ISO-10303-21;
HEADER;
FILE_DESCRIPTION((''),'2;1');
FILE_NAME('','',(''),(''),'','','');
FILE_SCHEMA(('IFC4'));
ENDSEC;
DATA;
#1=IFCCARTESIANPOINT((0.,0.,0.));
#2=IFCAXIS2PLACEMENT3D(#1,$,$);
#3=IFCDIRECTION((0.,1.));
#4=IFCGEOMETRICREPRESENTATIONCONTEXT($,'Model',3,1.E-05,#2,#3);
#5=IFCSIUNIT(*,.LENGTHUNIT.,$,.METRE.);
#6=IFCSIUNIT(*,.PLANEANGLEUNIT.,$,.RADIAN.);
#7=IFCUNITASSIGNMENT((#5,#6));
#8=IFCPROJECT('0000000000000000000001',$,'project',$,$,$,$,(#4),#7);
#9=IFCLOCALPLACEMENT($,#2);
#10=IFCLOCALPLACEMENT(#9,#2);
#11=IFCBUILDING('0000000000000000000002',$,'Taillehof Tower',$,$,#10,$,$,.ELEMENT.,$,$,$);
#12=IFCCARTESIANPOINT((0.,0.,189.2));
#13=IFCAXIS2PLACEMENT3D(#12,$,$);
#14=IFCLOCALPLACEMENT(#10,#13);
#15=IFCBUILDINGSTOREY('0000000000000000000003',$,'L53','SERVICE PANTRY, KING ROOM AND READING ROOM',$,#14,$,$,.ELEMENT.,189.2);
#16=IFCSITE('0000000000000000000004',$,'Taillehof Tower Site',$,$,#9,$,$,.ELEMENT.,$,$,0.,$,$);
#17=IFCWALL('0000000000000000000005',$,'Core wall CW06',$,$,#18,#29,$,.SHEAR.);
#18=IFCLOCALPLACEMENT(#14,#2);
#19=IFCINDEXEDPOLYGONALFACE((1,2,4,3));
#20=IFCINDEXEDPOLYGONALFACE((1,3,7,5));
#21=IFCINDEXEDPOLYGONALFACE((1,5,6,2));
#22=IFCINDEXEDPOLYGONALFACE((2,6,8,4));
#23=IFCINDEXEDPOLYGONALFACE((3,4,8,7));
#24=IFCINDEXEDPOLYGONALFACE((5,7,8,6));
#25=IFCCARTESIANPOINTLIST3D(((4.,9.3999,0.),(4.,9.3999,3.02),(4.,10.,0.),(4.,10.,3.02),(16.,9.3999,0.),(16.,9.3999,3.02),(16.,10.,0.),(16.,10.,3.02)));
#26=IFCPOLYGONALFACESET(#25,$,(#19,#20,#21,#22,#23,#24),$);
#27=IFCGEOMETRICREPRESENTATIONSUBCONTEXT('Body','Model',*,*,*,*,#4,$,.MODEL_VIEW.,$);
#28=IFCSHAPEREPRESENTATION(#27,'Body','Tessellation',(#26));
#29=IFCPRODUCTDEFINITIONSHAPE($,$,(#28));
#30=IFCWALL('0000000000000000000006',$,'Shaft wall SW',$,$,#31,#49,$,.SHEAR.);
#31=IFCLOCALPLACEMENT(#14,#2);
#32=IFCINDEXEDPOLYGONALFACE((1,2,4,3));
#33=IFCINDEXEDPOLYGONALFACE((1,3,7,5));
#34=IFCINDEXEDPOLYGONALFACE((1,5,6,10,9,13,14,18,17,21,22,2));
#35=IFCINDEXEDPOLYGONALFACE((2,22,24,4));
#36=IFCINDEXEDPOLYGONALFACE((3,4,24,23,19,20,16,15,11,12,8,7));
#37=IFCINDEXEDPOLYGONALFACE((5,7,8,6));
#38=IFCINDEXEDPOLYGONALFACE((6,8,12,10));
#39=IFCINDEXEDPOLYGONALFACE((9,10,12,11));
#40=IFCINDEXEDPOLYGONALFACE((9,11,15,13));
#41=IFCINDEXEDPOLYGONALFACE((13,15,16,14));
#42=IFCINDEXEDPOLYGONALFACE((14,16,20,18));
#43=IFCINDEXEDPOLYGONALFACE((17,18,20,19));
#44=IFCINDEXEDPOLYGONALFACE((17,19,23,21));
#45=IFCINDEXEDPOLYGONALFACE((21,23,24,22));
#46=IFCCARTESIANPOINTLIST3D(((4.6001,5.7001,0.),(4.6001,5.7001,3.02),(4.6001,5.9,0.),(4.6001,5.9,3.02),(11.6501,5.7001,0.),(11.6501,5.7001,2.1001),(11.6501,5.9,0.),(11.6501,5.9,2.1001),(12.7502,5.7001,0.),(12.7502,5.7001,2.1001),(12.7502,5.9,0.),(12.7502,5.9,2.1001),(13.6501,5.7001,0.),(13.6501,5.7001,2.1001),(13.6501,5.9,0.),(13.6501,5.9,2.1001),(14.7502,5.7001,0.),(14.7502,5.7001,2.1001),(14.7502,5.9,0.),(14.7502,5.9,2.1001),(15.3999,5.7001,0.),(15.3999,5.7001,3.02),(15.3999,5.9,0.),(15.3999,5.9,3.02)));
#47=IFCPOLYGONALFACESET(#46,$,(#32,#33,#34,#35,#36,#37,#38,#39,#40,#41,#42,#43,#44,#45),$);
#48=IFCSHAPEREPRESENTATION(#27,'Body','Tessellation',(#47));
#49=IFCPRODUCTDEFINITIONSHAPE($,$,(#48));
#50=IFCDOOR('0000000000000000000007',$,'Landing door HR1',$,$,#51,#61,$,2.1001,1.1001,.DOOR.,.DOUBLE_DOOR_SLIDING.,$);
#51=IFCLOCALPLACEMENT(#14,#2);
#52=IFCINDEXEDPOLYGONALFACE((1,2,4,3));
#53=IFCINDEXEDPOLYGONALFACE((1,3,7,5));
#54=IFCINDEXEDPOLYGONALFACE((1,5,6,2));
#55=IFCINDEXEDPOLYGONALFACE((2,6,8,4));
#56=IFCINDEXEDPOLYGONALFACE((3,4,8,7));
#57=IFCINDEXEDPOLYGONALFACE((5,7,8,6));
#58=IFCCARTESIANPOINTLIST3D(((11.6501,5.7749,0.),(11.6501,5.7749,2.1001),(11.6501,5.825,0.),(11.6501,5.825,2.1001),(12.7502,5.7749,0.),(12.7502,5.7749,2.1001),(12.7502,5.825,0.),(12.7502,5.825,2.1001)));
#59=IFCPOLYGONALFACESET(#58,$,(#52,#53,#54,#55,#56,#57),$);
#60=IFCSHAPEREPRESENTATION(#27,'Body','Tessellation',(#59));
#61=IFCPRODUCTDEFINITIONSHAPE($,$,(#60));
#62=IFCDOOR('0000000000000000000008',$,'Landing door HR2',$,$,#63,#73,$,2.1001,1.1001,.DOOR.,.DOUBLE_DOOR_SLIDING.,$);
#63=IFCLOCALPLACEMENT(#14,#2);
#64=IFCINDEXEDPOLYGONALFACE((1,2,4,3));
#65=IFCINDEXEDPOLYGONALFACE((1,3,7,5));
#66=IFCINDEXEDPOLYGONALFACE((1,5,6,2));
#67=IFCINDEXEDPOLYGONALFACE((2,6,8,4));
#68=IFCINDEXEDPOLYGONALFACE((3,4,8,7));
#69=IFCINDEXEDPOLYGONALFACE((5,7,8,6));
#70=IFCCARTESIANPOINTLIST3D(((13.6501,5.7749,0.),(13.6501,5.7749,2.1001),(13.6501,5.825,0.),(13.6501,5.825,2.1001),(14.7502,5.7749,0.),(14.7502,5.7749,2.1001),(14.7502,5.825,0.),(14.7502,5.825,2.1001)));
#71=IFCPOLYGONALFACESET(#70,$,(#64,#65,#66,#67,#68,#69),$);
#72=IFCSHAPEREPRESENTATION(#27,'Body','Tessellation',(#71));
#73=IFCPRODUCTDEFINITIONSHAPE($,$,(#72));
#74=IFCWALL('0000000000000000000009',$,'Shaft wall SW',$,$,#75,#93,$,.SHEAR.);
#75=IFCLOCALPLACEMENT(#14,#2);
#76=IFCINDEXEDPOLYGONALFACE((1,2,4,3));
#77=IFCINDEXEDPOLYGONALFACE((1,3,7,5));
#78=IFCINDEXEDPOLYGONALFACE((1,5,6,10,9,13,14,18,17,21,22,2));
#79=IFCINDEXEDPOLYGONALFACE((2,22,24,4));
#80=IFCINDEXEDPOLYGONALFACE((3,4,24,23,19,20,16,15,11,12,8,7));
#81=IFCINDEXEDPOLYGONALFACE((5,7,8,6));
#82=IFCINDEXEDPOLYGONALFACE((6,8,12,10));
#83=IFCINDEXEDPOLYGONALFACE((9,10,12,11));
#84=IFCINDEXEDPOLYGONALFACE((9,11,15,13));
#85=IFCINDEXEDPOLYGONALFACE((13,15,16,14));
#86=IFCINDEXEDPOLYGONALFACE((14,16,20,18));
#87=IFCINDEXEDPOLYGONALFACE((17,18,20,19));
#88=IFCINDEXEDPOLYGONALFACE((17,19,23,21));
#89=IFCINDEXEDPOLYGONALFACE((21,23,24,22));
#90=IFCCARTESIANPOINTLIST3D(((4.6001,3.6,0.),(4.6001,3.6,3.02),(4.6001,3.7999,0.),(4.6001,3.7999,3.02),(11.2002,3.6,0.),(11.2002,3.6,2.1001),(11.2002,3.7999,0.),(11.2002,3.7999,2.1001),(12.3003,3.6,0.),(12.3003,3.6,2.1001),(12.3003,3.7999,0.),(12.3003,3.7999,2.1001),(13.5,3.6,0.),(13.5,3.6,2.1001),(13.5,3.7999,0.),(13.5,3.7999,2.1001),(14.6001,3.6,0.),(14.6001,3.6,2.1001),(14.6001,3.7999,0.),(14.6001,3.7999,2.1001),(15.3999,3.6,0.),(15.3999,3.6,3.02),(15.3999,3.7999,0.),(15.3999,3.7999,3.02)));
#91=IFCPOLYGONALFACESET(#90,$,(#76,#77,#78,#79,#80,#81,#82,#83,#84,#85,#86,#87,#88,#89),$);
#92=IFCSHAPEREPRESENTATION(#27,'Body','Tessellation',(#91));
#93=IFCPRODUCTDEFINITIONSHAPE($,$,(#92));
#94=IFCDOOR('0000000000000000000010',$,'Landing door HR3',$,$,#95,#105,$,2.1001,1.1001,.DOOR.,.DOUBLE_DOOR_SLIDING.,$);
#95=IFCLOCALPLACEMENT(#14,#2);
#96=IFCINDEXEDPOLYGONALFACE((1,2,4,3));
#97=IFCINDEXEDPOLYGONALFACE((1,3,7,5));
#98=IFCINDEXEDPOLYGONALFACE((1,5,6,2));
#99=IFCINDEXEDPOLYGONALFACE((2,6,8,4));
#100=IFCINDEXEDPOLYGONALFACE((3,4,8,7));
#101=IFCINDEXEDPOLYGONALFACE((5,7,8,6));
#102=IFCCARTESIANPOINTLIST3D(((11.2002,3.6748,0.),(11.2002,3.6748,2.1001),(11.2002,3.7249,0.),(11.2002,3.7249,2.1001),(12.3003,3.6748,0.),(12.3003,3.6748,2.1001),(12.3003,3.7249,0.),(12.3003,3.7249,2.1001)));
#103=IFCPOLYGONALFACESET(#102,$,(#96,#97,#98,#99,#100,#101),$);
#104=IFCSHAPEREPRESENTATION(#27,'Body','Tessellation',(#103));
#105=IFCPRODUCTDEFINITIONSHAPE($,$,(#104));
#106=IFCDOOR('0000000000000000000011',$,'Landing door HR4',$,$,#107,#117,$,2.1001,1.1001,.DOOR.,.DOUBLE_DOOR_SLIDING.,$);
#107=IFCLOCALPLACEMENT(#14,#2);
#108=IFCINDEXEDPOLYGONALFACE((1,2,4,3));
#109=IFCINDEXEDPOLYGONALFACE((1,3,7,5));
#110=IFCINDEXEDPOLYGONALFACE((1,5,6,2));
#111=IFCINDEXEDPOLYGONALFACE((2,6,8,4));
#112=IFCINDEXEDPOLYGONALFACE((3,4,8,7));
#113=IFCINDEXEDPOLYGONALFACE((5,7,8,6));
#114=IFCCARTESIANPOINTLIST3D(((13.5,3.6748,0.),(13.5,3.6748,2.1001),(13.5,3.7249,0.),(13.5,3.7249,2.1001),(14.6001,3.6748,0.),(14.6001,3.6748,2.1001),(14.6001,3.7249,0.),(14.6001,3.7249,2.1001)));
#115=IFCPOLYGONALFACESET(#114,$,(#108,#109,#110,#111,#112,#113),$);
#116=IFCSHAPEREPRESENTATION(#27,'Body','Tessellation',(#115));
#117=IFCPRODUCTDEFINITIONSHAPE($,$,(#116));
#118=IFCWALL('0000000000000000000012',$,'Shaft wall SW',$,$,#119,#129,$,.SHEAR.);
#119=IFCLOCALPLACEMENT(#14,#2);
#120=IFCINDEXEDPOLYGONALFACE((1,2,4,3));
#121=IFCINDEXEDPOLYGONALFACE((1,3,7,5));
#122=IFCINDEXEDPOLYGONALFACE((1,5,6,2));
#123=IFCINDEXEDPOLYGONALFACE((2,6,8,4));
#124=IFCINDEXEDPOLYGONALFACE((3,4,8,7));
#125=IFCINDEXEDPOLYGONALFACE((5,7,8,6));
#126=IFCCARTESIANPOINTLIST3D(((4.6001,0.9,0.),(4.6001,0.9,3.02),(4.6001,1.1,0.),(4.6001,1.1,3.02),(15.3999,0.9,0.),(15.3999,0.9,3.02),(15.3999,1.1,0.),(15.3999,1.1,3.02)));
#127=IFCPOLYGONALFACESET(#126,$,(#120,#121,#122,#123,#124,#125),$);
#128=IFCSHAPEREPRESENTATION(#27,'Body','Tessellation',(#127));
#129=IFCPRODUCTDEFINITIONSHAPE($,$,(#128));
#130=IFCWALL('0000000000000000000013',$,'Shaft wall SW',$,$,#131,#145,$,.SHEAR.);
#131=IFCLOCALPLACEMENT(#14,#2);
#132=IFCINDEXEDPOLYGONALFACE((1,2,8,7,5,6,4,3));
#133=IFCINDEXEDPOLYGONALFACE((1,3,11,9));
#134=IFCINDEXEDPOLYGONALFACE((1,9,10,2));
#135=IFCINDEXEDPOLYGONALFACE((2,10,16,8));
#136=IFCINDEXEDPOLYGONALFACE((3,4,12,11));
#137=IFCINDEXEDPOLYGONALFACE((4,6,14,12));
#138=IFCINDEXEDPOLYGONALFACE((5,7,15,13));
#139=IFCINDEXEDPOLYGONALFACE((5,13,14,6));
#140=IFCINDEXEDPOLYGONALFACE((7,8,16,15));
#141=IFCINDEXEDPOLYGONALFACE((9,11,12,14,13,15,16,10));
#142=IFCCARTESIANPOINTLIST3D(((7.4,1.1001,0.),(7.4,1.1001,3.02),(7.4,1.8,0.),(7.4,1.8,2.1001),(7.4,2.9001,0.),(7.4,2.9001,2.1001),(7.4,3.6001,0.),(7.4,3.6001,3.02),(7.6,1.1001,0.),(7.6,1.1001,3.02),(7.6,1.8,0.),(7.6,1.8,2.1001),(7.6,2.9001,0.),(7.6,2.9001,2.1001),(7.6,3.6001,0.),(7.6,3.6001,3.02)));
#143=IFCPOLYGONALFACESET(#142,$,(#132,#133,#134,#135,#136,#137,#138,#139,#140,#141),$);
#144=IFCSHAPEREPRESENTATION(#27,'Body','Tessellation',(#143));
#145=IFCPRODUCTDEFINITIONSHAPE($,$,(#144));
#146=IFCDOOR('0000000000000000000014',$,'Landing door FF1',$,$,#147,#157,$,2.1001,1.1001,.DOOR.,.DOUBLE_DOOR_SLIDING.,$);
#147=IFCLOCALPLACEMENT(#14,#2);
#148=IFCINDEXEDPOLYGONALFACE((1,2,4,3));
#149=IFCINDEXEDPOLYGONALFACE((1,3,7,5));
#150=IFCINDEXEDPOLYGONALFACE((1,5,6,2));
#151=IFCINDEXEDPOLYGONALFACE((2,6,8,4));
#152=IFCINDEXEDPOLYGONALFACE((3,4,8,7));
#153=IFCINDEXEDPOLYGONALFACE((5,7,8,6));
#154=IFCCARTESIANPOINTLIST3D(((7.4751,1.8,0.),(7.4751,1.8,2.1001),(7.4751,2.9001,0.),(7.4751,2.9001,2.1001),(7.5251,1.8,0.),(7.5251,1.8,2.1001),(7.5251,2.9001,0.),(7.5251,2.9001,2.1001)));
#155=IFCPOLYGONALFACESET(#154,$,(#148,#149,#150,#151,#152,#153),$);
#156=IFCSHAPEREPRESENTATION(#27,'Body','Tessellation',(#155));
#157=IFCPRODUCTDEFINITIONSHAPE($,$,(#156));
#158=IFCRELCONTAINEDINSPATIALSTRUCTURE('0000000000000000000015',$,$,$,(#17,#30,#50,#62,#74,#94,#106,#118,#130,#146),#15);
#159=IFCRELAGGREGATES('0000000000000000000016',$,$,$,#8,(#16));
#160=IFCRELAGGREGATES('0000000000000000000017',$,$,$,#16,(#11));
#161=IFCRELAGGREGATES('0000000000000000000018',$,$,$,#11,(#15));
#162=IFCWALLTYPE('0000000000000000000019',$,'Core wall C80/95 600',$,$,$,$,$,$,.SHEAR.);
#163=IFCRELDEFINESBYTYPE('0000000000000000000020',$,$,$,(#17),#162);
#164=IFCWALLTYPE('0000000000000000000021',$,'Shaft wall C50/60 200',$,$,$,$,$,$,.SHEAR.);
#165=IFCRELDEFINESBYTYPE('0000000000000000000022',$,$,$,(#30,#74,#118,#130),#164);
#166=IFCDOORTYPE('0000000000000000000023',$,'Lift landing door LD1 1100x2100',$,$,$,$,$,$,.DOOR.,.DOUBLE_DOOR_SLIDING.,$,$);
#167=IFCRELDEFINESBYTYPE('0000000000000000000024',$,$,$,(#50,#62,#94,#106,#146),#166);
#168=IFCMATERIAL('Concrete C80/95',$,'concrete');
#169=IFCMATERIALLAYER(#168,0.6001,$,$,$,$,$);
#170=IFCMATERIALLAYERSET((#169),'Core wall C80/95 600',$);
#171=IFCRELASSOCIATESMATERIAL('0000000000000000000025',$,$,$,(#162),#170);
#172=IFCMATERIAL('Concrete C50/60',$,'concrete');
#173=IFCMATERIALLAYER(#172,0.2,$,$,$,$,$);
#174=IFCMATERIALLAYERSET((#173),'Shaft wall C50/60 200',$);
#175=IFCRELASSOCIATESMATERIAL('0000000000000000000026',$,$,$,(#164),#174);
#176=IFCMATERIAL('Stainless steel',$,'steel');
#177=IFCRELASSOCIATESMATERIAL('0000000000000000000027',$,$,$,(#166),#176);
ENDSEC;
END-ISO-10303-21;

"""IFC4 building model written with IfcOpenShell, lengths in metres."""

from ifc_helpers import new_model, si_unit, direction, frame, frame_2d, origin, place, context, subcontext, project, spatial, rectangle, extrude, material, layer, layer_set, type_object, element, fill, save


model = new_model("IFC4")

# Units and contexts
model_context = context("Model", 3, precision=1e-05, world=origin(), true_north=direction((0.0, 1.0)))
body_context = subcontext(model_context, "Body", "Model", "MODEL_VIEW")
ifc_project = project(units=[si_unit("LENGTHUNIT", "METRE"), si_unit("PLANEANGLEUNIT", "RADIAN")], contexts=[model_context])

# Site, building, storey
site_placement = place(None, origin())
site = spatial("IfcSite", under=ifc_project, at=site_placement, Name="Taillehof Tower Site", CompositionType="ELEMENT", RefElevation=0.0)
building_placement = place(site_placement, origin())
building = spatial("IfcBuilding", under=site, at=building_placement, Name="Taillehof Tower", CompositionType="ELEMENT")
storey_placement = place(building_placement, frame((0.0, 0.0, 189.2)))
storey = spatial("IfcBuildingStorey", under=building, at=storey_placement, Name="L53", Description="SERVICE PANTRY, KING ROOM AND READING ROOM", CompositionType="ELEMENT", Elevation=189.2)

# Wall
ifc_material_1 = material(Name="Concrete C80/95", Category="concrete")
ifc_layer_1 = layer(ifc_material_1, 0.6001)
ifc_layer_set_1 = layer_set([ifc_layer_1], Name="Core wall C80/95 600")
wall_type_1 = type_object("IfcWallType", Name="Core wall C80/95 600", PredefinedType="SHEAR", material=ifc_layer_set_1)
wall_1_placement = place(storey_placement, frame((4.0, 9.7, 0.0), z_axis=(0.0, 0.0, 1.0), x_axis=(1.0, 0.0, 0.0)))
element("IfcWall", 1, at=wall_1_placement, inside=storey, type_object=wall_type_1, Name="Core wall CW06", PredefinedType="SHEAR", context=body_context, shape_type="SweptSolid", body=[
    extrude(rectangle(XDim=12.0, YDim=0.6001, at=frame_2d((6.0, 0.0))), origin(), (0.0, 0.0, 1.0), 3.02),
])

# Walls, openings, doors
ifc_material_2 = material(Name="Concrete C50/60", Category="concrete")
ifc_layer_2 = layer(ifc_material_2, 0.2)
ifc_layer_set_2 = layer_set([ifc_layer_2], Name="Shaft wall C50/60 200")
wall_type_2 = type_object("IfcWallType", Name="Shaft wall C50/60 200", PredefinedType="SHEAR", material=ifc_layer_set_2)
wall_2_placement = place(storey_placement, frame((4.6001, 5.8, 0.0), z_axis=(0.0, 0.0, 1.0), x_axis=(1.0, 0.0, 0.0)))
wall_2 = element("IfcWall", 2, at=wall_2_placement, inside=storey, type_object=wall_type_2, Name="Shaft wall SW", PredefinedType="SHEAR", context=body_context, shape_type="SweptSolid", body=[
    extrude(rectangle(XDim=10.7998, YDim=0.2, at=frame_2d((5.3999, 0.0))), origin(), (0.0, 0.0, 1.0), 3.02),
])
opening_1_placement = place(wall_2_placement, frame((7.05, 0.0, 0.0)))
opening_1 = element("IfcOpeningElement", 3, at=opening_1_placement, cuts=wall_2, PredefinedType="OPENING", context=body_context, shape_type="SweptSolid", body=[
    extrude(rectangle(XDim=1.1001, YDim=2.1001, at=frame_2d((0.55, 1.05))), frame((0.0, 0.1099, 0.0), z_axis=(0.0, -1.0, 0.0), x_axis=(1.0, 0.0, 0.0)), (0.0, 0.0, 1.0), 0.22),
])
opening_2_placement = place(wall_2_placement, frame((9.05, 0.0, 0.0)))
opening_2 = element("IfcOpeningElement", 4, at=opening_2_placement, cuts=wall_2, PredefinedType="OPENING", context=body_context, shape_type="SweptSolid", body=[
    extrude(rectangle(XDim=1.1001, YDim=2.1001, at=frame_2d((0.55, 1.05))), frame((0.0, 0.1099, 0.0), z_axis=(0.0, -1.0, 0.0), x_axis=(1.0, 0.0, 0.0)), (0.0, 0.0, 1.0), 0.22),
])
ifc_material_3 = material(Name="Stainless steel", Category="steel")
door_type_1 = type_object("IfcDoorType", Name="Lift landing door LD1 1100x2100", OperationType="DOUBLE_DOOR_SLIDING", PredefinedType="DOOR", material=ifc_material_3)
door_1_placement = place(opening_1_placement, origin())
door_1 = element("IfcDoor", 5, at=door_1_placement, inside=storey, type_object=door_type_1, Name="Landing door HR1", OperationType="DOUBLE_DOOR_SLIDING", OverallHeight=2.1001, OverallWidth=1.1001, PredefinedType="DOOR", context=body_context, shape_type="SweptSolid", body=[
    extrude(rectangle(XDim=1.1001, YDim=2.1001, at=frame_2d((0.55, 1.05))), frame((0.0, 0.0249, 0.0), z_axis=(0.0, -1.0, 0.0), x_axis=(1.0, 0.0, 0.0)), (0.0, 0.0, 1.0), 0.05),
])
fill(opening_1, door_1)
door_2_placement = place(opening_2_placement, origin())
door_2 = element("IfcDoor", 6, at=door_2_placement, inside=storey, type_object=door_type_1, Name="Landing door HR2", OperationType="DOUBLE_DOOR_SLIDING", OverallHeight=2.1001, OverallWidth=1.1001, PredefinedType="DOOR", context=body_context, shape_type="SweptSolid", body=[
    extrude(rectangle(XDim=1.1001, YDim=2.1001, at=frame_2d((0.55, 1.05))), frame((0.0, 0.0249, 0.0), z_axis=(0.0, -1.0, 0.0), x_axis=(1.0, 0.0, 0.0)), (0.0, 0.0, 1.0), 0.05),
])
fill(opening_2, door_2)
wall_3_placement = place(storey_placement, frame((4.6001, 3.7, 0.0), z_axis=(0.0, 0.0, 1.0), x_axis=(1.0, 0.0, 0.0)))
wall_3 = element("IfcWall", 7, at=wall_3_placement, inside=storey, type_object=wall_type_2, Name="Shaft wall SW", PredefinedType="SHEAR", context=body_context, shape_type="SweptSolid", body=[
    extrude(rectangle(XDim=10.7998, YDim=0.2, at=frame_2d((5.3999, 0.0))), origin(), (0.0, 0.0, 1.0), 3.02),
])
opening_3_placement = place(wall_3_placement, frame((6.6001, 0.0, 0.0)))
opening_3 = element("IfcOpeningElement", 8, at=opening_3_placement, cuts=wall_3, PredefinedType="OPENING", context=body_context, shape_type="SweptSolid", body=[
    extrude(rectangle(XDim=1.1001, YDim=2.1001, at=frame_2d((0.55, 1.05))), frame((0.0, 0.1099, 0.0), z_axis=(0.0, -1.0, 0.0), x_axis=(1.0, 0.0, 0.0)), (0.0, 0.0, 1.0), 0.22),
])
opening_4_placement = place(wall_3_placement, frame((8.8999, 0.0, 0.0)))
opening_4 = element("IfcOpeningElement", 9, at=opening_4_placement, cuts=wall_3, PredefinedType="OPENING", context=body_context, shape_type="SweptSolid", body=[
    extrude(rectangle(XDim=1.1001, YDim=2.1001, at=frame_2d((0.55, 1.05))), frame((0.0, 0.1099, 0.0), z_axis=(0.0, -1.0, 0.0), x_axis=(1.0, 0.0, 0.0)), (0.0, 0.0, 1.0), 0.22),
])
door_3_placement = place(opening_3_placement, origin())
door_3 = element("IfcDoor", 10, at=door_3_placement, inside=storey, type_object=door_type_1, Name="Landing door HR3", OperationType="DOUBLE_DOOR_SLIDING", OverallHeight=2.1001, OverallWidth=1.1001, PredefinedType="DOOR", context=body_context, shape_type="SweptSolid", body=[
    extrude(rectangle(XDim=1.1001, YDim=2.1001, at=frame_2d((0.55, 1.05))), frame((0.0, 0.0249, 0.0), z_axis=(0.0, -1.0, 0.0), x_axis=(1.0, 0.0, 0.0)), (0.0, 0.0, 1.0), 0.05),
])
fill(opening_3, door_3)
door_4_placement = place(opening_4_placement, origin())
door_4 = element("IfcDoor", 11, at=door_4_placement, inside=storey, type_object=door_type_1, Name="Landing door HR4", OperationType="DOUBLE_DOOR_SLIDING", OverallHeight=2.1001, OverallWidth=1.1001, PredefinedType="DOOR", context=body_context, shape_type="SweptSolid", body=[
    extrude(rectangle(XDim=1.1001, YDim=2.1001, at=frame_2d((0.55, 1.05))), frame((0.0, 0.0249, 0.0), z_axis=(0.0, -1.0, 0.0), x_axis=(1.0, 0.0, 0.0)), (0.0, 0.0, 1.0), 0.05),
])
fill(opening_4, door_4)

# Wall
wall_4_placement = place(storey_placement, frame((4.6001, 1.0, 0.0), z_axis=(0.0, 0.0, 1.0), x_axis=(1.0, 0.0, 0.0)))
element("IfcWall", 12, at=wall_4_placement, inside=storey, type_object=wall_type_2, Name="Shaft wall SW", PredefinedType="SHEAR", context=body_context, shape_type="SweptSolid", body=[
    extrude(rectangle(XDim=10.7998, YDim=0.2, at=frame_2d((5.3999, 0.0))), origin(), (0.0, 0.0, 1.0), 3.02),
])

# Wall, opening, door
wall_5_placement = place(storey_placement, frame((7.5, 1.1001, 0.0), z_axis=(0.0, 0.0, 1.0), x_axis=(0.0, 1.0, 0.0)))
wall_5 = element("IfcWall", 13, at=wall_5_placement, inside=storey, type_object=wall_type_2, Name="Shaft wall SW", PredefinedType="SHEAR", context=body_context, shape_type="SweptSolid", body=[
    extrude(rectangle(XDim=2.5, YDim=0.2, at=frame_2d((1.25, 0.0))), origin(), (0.0, 0.0, 1.0), 3.02),
])
opening_5_placement = place(wall_5_placement, frame((0.7, 0.0, 0.0)))
opening_5 = element("IfcOpeningElement", 14, at=opening_5_placement, cuts=wall_5, PredefinedType="OPENING", context=body_context, shape_type="SweptSolid", body=[
    extrude(rectangle(XDim=1.1001, YDim=2.1001, at=frame_2d((0.55, 1.05))), frame((0.0, 0.1099, 0.0), z_axis=(0.0, -1.0, 0.0), x_axis=(1.0, 0.0, 0.0)), (0.0, 0.0, 1.0), 0.22),
])
door_5_placement = place(opening_5_placement, origin())
door_5 = element("IfcDoor", 15, at=door_5_placement, inside=storey, type_object=door_type_1, Name="Landing door FF1", OperationType="DOUBLE_DOOR_SLIDING", OverallHeight=2.1001, OverallWidth=1.1001, PredefinedType="DOOR", context=body_context, shape_type="SweptSolid", body=[
    extrude(rectangle(XDim=1.1001, YDim=2.1001, at=frame_2d((0.55, 1.05))), frame((0.0, 0.0249, 0.0), z_axis=(0.0, -1.0, 0.0), x_axis=(1.0, 0.0, 0.0)), (0.0, 0.0, 1.0), 0.05),
])
fill(opening_5, door_5)

save(model, "model.ifc")
